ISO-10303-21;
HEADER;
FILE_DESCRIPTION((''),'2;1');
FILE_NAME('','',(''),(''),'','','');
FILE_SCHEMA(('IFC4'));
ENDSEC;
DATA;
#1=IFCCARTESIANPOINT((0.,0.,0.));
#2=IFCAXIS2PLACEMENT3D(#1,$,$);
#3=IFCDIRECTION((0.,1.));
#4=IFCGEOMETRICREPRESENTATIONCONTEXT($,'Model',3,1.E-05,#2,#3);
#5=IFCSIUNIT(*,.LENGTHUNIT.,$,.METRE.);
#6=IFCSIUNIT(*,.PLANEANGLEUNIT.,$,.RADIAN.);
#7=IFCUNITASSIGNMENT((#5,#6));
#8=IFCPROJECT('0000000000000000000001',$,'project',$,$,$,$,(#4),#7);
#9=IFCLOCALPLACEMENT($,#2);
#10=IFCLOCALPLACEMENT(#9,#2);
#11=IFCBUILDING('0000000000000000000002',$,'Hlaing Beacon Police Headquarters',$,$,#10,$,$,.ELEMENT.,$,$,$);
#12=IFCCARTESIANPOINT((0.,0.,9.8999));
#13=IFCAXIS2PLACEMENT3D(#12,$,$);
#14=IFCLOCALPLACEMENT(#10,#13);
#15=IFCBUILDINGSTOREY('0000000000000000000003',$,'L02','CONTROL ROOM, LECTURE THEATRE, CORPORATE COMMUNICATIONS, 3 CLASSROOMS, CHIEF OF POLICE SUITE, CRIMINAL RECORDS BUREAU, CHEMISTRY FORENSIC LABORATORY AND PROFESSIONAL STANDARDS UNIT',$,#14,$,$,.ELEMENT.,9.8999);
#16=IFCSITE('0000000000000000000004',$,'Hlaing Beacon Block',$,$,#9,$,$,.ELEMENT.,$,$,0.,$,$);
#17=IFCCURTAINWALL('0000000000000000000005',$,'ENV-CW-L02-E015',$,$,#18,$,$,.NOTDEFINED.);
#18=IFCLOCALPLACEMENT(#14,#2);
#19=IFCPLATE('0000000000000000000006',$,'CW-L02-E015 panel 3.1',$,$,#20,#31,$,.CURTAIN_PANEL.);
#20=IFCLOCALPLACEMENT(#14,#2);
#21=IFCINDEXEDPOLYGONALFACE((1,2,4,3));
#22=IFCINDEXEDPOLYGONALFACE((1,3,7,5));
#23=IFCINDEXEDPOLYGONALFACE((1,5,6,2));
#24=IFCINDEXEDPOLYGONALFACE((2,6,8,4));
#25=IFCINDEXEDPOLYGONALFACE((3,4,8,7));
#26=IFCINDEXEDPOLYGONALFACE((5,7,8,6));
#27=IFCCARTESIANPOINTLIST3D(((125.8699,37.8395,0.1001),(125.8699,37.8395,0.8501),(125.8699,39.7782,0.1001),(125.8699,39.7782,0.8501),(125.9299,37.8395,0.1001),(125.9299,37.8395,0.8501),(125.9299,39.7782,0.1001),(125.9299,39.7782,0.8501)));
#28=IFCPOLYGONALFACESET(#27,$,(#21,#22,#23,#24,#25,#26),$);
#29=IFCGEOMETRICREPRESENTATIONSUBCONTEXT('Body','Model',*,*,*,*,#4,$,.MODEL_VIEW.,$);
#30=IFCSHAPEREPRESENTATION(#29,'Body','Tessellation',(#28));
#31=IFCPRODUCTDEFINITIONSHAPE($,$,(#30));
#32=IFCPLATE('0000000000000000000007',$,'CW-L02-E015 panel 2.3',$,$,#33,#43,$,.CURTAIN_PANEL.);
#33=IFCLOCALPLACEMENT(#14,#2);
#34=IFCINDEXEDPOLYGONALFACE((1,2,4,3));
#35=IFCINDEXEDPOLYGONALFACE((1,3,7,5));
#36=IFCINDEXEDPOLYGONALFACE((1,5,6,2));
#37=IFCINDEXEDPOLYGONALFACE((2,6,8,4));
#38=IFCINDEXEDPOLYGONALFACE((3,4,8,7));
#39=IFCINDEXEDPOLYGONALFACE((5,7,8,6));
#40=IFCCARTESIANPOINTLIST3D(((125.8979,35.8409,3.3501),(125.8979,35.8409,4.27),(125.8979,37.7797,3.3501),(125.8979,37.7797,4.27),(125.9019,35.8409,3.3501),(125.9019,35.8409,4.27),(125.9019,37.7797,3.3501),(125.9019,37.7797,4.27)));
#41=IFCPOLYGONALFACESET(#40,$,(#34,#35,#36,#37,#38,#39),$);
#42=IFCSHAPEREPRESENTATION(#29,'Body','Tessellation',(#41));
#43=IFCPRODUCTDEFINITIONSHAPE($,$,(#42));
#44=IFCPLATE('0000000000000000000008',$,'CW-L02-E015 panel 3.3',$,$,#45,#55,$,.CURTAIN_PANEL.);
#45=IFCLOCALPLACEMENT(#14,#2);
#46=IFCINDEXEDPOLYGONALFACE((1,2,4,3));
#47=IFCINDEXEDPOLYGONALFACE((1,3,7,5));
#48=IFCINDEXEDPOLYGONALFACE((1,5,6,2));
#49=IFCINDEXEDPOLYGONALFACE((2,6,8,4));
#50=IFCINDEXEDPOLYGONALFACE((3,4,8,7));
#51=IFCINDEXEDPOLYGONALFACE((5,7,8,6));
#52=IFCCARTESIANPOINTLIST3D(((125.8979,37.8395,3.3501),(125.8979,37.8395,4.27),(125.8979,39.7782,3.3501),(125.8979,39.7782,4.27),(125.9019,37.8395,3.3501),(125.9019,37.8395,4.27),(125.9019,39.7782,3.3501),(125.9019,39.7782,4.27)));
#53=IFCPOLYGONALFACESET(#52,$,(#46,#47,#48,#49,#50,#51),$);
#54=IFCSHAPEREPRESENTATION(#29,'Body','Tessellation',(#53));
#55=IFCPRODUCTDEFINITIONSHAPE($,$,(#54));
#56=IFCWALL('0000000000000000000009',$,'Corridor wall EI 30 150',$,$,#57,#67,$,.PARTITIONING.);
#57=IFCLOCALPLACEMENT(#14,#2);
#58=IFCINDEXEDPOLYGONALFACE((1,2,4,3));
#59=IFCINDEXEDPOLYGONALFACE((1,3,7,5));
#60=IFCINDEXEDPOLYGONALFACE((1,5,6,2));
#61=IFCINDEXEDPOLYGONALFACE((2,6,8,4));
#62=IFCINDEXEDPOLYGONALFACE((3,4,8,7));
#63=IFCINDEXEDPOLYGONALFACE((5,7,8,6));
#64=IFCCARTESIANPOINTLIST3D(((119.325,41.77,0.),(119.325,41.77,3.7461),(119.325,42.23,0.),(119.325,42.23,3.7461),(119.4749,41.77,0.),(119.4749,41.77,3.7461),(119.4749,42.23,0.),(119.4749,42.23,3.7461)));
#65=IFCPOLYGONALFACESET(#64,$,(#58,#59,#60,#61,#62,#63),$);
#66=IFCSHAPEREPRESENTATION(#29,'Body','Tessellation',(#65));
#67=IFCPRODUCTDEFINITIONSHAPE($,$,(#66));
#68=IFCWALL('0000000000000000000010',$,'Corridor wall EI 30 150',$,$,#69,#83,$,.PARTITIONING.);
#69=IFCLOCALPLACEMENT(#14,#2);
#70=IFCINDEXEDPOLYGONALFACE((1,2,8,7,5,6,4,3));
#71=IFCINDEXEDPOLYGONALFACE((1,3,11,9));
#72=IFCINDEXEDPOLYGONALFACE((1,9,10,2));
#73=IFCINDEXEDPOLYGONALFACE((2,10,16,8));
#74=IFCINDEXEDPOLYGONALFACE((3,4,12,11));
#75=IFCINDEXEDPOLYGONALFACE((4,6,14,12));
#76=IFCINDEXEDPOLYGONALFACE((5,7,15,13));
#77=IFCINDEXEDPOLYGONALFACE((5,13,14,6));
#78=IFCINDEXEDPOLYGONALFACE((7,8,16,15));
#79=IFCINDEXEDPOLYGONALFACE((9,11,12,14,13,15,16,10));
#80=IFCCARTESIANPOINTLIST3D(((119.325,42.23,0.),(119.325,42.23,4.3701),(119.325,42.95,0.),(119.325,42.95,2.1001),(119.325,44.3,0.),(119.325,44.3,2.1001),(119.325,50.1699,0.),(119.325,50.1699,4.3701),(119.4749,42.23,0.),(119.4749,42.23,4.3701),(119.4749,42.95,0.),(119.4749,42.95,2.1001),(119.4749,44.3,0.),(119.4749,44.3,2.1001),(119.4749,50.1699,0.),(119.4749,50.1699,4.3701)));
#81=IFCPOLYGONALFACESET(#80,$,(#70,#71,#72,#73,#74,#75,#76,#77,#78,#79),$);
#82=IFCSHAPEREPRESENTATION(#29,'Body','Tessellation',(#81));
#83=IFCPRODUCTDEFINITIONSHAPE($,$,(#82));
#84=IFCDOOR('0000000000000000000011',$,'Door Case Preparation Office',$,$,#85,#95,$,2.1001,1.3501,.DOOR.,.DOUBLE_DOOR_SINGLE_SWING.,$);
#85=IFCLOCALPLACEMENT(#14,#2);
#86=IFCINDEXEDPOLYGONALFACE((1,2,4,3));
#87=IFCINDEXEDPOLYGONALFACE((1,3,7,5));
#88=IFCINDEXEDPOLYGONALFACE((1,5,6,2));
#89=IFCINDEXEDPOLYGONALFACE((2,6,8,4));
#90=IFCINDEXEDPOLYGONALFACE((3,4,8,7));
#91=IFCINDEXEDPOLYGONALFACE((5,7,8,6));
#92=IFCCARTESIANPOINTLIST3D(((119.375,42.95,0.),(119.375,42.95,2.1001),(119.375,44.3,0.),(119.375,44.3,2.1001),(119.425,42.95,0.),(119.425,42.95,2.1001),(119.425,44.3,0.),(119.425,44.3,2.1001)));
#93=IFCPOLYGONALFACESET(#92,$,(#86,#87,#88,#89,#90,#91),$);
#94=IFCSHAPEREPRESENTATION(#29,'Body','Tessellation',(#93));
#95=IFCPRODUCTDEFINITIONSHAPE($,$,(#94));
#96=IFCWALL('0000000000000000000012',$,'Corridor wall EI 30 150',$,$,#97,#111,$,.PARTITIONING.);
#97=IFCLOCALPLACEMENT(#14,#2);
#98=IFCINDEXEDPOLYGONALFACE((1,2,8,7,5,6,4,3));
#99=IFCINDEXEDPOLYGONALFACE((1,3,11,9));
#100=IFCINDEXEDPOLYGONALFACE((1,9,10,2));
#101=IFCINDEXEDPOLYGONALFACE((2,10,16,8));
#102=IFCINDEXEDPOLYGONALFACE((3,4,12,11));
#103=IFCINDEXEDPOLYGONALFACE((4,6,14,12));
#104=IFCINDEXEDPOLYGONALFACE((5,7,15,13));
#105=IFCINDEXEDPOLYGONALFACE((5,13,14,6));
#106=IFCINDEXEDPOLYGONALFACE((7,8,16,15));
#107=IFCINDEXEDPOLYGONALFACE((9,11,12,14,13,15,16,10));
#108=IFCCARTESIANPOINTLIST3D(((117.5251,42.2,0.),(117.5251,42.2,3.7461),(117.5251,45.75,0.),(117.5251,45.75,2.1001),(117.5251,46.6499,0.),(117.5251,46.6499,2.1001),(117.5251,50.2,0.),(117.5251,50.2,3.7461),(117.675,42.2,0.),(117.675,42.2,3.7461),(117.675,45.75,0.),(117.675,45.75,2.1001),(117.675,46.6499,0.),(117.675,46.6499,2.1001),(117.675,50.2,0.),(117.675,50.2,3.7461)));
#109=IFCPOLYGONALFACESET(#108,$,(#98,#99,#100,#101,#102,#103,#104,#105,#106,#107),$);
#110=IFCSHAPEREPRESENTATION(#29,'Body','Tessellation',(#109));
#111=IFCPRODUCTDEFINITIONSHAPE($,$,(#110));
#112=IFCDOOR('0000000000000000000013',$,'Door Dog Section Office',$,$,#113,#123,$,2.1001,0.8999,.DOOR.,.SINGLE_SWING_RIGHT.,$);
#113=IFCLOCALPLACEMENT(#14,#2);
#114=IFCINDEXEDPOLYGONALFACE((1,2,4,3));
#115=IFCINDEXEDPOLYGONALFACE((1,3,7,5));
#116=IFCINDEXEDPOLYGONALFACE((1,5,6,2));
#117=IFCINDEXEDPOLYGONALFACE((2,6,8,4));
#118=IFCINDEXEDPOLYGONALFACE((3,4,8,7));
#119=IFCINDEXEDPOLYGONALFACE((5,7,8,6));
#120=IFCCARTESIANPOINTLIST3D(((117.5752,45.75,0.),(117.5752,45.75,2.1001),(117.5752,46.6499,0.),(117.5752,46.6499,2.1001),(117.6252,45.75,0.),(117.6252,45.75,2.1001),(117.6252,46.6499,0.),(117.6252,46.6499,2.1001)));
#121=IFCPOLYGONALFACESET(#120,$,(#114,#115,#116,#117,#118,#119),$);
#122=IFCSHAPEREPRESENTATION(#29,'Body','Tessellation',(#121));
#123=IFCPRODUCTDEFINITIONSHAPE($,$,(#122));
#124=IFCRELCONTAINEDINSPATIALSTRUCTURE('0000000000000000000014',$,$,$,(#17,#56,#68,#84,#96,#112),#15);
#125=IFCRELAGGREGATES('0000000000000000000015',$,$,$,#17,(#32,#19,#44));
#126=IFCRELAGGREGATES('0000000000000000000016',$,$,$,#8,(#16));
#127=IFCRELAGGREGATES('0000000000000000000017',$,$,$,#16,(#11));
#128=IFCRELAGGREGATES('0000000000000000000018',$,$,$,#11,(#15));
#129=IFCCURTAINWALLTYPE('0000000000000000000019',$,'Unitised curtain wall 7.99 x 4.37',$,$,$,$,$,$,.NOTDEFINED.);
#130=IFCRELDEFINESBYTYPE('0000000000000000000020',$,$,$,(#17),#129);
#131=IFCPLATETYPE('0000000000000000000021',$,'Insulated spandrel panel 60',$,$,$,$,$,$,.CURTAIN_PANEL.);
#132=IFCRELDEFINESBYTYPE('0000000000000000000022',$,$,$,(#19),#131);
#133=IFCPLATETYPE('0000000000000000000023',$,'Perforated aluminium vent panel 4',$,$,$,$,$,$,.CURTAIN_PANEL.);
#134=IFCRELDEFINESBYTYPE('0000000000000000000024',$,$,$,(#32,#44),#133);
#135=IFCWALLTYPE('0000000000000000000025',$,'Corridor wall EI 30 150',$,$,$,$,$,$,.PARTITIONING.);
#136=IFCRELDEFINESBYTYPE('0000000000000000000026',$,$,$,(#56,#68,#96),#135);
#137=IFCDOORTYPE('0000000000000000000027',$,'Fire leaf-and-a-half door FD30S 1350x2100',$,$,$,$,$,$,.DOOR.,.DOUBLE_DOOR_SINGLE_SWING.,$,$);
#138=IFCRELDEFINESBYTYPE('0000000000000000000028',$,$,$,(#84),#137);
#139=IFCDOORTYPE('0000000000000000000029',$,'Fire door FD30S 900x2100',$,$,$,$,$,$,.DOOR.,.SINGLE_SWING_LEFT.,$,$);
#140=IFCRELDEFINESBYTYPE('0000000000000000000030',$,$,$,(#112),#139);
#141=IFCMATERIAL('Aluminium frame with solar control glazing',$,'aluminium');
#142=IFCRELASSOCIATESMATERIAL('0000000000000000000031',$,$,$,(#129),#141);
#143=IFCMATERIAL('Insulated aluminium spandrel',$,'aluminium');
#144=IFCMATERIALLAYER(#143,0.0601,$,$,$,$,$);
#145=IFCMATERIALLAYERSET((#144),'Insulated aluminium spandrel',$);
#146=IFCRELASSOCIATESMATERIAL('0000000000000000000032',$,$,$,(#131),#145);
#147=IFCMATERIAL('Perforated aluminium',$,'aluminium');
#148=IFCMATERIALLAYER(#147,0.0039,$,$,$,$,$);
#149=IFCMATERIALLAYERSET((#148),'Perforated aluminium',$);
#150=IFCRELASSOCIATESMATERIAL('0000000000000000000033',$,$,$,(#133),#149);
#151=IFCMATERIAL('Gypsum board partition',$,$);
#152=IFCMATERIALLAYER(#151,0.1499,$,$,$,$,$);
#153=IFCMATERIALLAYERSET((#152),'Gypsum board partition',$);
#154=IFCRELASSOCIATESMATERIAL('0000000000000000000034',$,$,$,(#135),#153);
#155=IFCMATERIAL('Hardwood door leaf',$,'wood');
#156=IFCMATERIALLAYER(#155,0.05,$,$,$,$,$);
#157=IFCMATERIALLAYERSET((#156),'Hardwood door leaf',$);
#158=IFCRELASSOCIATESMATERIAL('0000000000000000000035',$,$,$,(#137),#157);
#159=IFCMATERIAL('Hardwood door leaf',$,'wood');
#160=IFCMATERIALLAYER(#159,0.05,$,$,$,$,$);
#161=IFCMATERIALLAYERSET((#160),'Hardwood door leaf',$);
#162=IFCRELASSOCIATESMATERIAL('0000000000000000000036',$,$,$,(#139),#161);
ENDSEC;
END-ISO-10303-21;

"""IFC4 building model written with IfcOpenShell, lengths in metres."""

from ifc_helpers import new_model, si_unit, direction, frame, frame_2d, origin, origin_2d, place, context, subcontext, project, spatial, rectangle, extrude, material, layer, layer_set, type_object, element, fill, aggregate, save


model = new_model("IFC4")

# Units and contexts
model_context = context("Model", 3, precision=1e-05, world=origin(), true_north=direction((0.0, 1.0)))
body_context = subcontext(model_context, "Body", "Model", "MODEL_VIEW")
ifc_project = project(units=[si_unit("LENGTHUNIT", "METRE"), si_unit("PLANEANGLEUNIT", "RADIAN")], contexts=[model_context])

# Site, building, storey
site_placement = place(None, origin())
site = spatial("IfcSite", under=ifc_project, at=site_placement, Name="Hlaing Beacon Block", CompositionType="ELEMENT", RefElevation=0.0)
building_placement = place(site_placement, origin())
building = spatial("IfcBuilding", under=site, at=building_placement, Name="Hlaing Beacon Police Headquarters", CompositionType="ELEMENT")
storey_placement = place(building_placement, frame((0.0, 0.0, 9.8999)))
storey = spatial("IfcBuildingStorey", under=building, at=storey_placement, Name="L02", Description="CONTROL ROOM, LECTURE THEATRE, CORPORATE COMMUNICATIONS, 3 CLASSROOMS, CHIEF OF POLICE SUITE, CRIMINAL RECORDS BUREAU, CHEMISTRY FORENSIC LABORATORY AND PROFESSIONAL STANDARDS UNIT", CompositionType="ELEMENT", Elevation=9.8999)

# Curtain wall
ifc_material_1 = material(Name="Aluminium frame with solar control glazing", Category="aluminium")
curtain_wall_type = type_object("IfcCurtainWallType", Name="Unitised curtain wall 7.99 x 4.37", PredefinedType="NOTDEFINED", material=ifc_material_1)
curtain_wall_placement = place(storey_placement, origin())
curtain_wall = element("IfcCurtainWall", 1, at=curtain_wall_placement, inside=storey, type_object=curtain_wall_type, Name="ENV-CW-L02-E015", PredefinedType="NOTDEFINED")

# Plates
ifc_material_2 = material(Name="Insulated aluminium spandrel", Category="aluminium")
ifc_layer_1 = layer(ifc_material_2, 0.0601)
ifc_layer_set_1 = layer_set([ifc_layer_1], Name="Insulated aluminium spandrel")
plate_type_1 = type_object("IfcPlateType", Name="Insulated spandrel panel 60", PredefinedType="CURTAIN_PANEL", material=ifc_layer_set_1)
plate_1_placement = place(storey_placement, frame((125.8999, 38.8088, 0.1001), z_axis=(0.0, 0.0, 1.0), x_axis=(0.0, 1.0, 0.0)))
plate_1 = element("IfcPlate", 2, at=plate_1_placement, type_object=plate_type_1, Name="CW-L02-E015 panel 3.1", PredefinedType="CURTAIN_PANEL", context=body_context, shape_type="SweptSolid", body=[
    extrude(rectangle(XDim=1.9387, YDim=0.0601, at=origin_2d()), origin(), (0.0, 0.0, 1.0), 0.75),
])
ifc_material_3 = material(Name="Perforated aluminium", Category="aluminium")
ifc_layer_2 = layer(ifc_material_3, 0.0039)
ifc_layer_set_2 = layer_set([ifc_layer_2], Name="Perforated aluminium")
plate_type_2 = type_object("IfcPlateType", Name="Perforated aluminium vent panel 4", PredefinedType="CURTAIN_PANEL", material=ifc_layer_set_2)
plate_2_placement = place(storey_placement, frame((125.8999, 36.8103, 3.3501), z_axis=(0.0, 0.0, 1.0), x_axis=(0.0, 1.0, 0.0)))
plate_2 = element("IfcPlate", 3, at=plate_2_placement, type_object=plate_type_2, Name="CW-L02-E015 panel 2.3", PredefinedType="CURTAIN_PANEL", context=body_context, shape_type="SweptSolid", body=[
    extrude(rectangle(XDim=1.9387, YDim=0.0039, at=origin_2d()), origin(), (0.0, 0.0, 1.0), 0.9199),
])
plate_3_placement = place(storey_placement, frame((125.8999, 38.8088, 3.3501), z_axis=(0.0, 0.0, 1.0), x_axis=(0.0, 1.0, 0.0)))
plate_3 = element("IfcPlate", 4, at=plate_3_placement, type_object=plate_type_2, Name="CW-L02-E015 panel 3.3", PredefinedType="CURTAIN_PANEL", context=body_context, shape_type="SweptSolid", body=[
    extrude(rectangle(XDim=1.9387, YDim=0.0039, at=origin_2d()), origin(), (0.0, 0.0, 1.0), 0.9199),
])
aggregate(curtain_wall, [plate_2, plate_1, plate_3])

# Wall
ifc_material_4 = material(Name="Gypsum board partition")
ifc_layer_3 = layer(ifc_material_4, 0.1499)
ifc_layer_set_3 = layer_set([ifc_layer_3], Name="Gypsum board partition")
wall_type = type_object("IfcWallType", Name="Corridor wall EI 30 150", PredefinedType="PARTITIONING", material=ifc_layer_set_3)
wall_1_placement = place(storey_placement, frame((119.3999, 41.77, 0.0), z_axis=(0.0, 0.0, 1.0), x_axis=(0.0, 1.0, 0.0)))
element("IfcWall", 5, at=wall_1_placement, inside=storey, type_object=wall_type, Name="Corridor wall EI 30 150", PredefinedType="PARTITIONING", context=body_context, shape_type="SweptSolid", body=[
    extrude(rectangle(XDim=0.46, YDim=0.1499, at=frame_2d((0.23, 0.0))), origin(), (0.0, 0.0, 1.0), 3.7461),
])

# Walls, openings, doors
wall_2_placement = place(storey_placement, frame((119.3999, 42.23, 0.0), z_axis=(0.0, 0.0, 1.0), x_axis=(0.0, 1.0, 0.0)))
wall_2 = element("IfcWall", 6, at=wall_2_placement, inside=storey, type_object=wall_type, Name="Corridor wall EI 30 150", PredefinedType="PARTITIONING", context=body_context, shape_type="SweptSolid", body=[
    extrude(rectangle(XDim=7.9399, YDim=0.1499, at=frame_2d((3.97, 0.0))), origin(), (0.0, 0.0, 1.0), 4.3701),
])
opening_1_placement = place(wall_2_placement, frame((0.72, 0.0, 0.0)))
opening_1 = element("IfcOpeningElement", 7, at=opening_1_placement, cuts=wall_2, PredefinedType="OPENING", context=body_context, shape_type="SweptSolid", body=[
    extrude(rectangle(XDim=1.3501, YDim=2.1001, at=frame_2d((0.675, 1.05))), frame((0.0, 0.085, 0.0), z_axis=(0.0, -1.0, 0.0), x_axis=(1.0, 0.0, 0.0)), (0.0, 0.0, 1.0), 0.1699),
])
ifc_material_5 = material(Name="Hardwood door leaf", Category="wood")
ifc_layer_4 = layer(ifc_material_5, 0.05)
ifc_layer_set_4 = layer_set([ifc_layer_4], Name="Hardwood door leaf")
door_type_1 = type_object("IfcDoorType", Name="Fire leaf-and-a-half door FD30S 1350x2100", OperationType="DOUBLE_DOOR_SINGLE_SWING", PredefinedType="DOOR", material=ifc_layer_set_4)
door_1_placement = place(opening_1_placement, frame((1.3501, 0.0, 0.0), z_axis=(0.0, 0.0, 1.0), x_axis=(-1.0, 0.0, 0.0)))
door_1 = element("IfcDoor", 8, at=door_1_placement, inside=storey, type_object=door_type_1, Name="Door Case Preparation Office", OperationType="DOUBLE_DOOR_SINGLE_SWING", OverallHeight=2.1001, OverallWidth=1.3501, PredefinedType="DOOR", context=body_context, shape_type="SweptSolid", body=[
    extrude(rectangle(XDim=1.3501, YDim=2.1001, at=frame_2d((0.675, 1.05))), frame((0.0, 0.0251, 0.0), z_axis=(0.0, -1.0, 0.0), x_axis=(1.0, 0.0, 0.0)), (0.0, 0.0, 1.0), 0.05),
])
fill(opening_1, door_1)
wall_3_placement = place(storey_placement, frame((117.6001, 42.2, 0.0), z_axis=(0.0, 0.0, 1.0), x_axis=(0.0, 1.0, 0.0)))
wall_3 = element("IfcWall", 9, at=wall_3_placement, inside=storey, type_object=wall_type, Name="Corridor wall EI 30 150", PredefinedType="PARTITIONING", context=body_context, shape_type="SweptSolid", body=[
    extrude(rectangle(XDim=8.0, YDim=0.1499, at=frame_2d((4.0, 0.0))), origin(), (0.0, 0.0, 1.0), 3.7461),
])
opening_2_placement = place(wall_3_placement, frame((3.55, 0.0, 0.0)))
opening_2 = element("IfcOpeningElement", 10, at=opening_2_placement, cuts=wall_3, PredefinedType="OPENING", context=body_context, shape_type="SweptSolid", body=[
    extrude(rectangle(XDim=0.8999, YDim=2.1001, at=frame_2d((0.45, 1.05))), frame((0.0, 0.085, 0.0), z_axis=(0.0, -1.0, 0.0), x_axis=(1.0, 0.0, 0.0)), (0.0, 0.0, 1.0), 0.1699),
])
ifc_material_6 = material(Name="Hardwood door leaf", Category="wood")
ifc_layer_5 = layer(ifc_material_6, 0.05)
ifc_layer_set_5 = layer_set([ifc_layer_5], Name="Hardwood door leaf")
door_type_2 = type_object("IfcDoorType", Name="Fire door FD30S 900x2100", OperationType="SINGLE_SWING_LEFT", PredefinedType="DOOR", material=ifc_layer_set_5)
door_2_placement = place(opening_2_placement, origin())
door_2 = element("IfcDoor", 11, at=door_2_placement, inside=storey, type_object=door_type_2, Name="Door Dog Section Office", OperationType="SINGLE_SWING_RIGHT", OverallHeight=2.1001, OverallWidth=0.8999, PredefinedType="DOOR", context=body_context, shape_type="SweptSolid", body=[
    extrude(rectangle(XDim=0.8999, YDim=2.1001, at=frame_2d((0.45, 1.05))), frame((0.0, 0.0249, 0.0), z_axis=(0.0, -1.0, 0.0), x_axis=(1.0, 0.0, 0.0)), (0.0, 0.0, 1.0), 0.05),
])
fill(opening_2, door_2)

save(model, "model.ifc")
